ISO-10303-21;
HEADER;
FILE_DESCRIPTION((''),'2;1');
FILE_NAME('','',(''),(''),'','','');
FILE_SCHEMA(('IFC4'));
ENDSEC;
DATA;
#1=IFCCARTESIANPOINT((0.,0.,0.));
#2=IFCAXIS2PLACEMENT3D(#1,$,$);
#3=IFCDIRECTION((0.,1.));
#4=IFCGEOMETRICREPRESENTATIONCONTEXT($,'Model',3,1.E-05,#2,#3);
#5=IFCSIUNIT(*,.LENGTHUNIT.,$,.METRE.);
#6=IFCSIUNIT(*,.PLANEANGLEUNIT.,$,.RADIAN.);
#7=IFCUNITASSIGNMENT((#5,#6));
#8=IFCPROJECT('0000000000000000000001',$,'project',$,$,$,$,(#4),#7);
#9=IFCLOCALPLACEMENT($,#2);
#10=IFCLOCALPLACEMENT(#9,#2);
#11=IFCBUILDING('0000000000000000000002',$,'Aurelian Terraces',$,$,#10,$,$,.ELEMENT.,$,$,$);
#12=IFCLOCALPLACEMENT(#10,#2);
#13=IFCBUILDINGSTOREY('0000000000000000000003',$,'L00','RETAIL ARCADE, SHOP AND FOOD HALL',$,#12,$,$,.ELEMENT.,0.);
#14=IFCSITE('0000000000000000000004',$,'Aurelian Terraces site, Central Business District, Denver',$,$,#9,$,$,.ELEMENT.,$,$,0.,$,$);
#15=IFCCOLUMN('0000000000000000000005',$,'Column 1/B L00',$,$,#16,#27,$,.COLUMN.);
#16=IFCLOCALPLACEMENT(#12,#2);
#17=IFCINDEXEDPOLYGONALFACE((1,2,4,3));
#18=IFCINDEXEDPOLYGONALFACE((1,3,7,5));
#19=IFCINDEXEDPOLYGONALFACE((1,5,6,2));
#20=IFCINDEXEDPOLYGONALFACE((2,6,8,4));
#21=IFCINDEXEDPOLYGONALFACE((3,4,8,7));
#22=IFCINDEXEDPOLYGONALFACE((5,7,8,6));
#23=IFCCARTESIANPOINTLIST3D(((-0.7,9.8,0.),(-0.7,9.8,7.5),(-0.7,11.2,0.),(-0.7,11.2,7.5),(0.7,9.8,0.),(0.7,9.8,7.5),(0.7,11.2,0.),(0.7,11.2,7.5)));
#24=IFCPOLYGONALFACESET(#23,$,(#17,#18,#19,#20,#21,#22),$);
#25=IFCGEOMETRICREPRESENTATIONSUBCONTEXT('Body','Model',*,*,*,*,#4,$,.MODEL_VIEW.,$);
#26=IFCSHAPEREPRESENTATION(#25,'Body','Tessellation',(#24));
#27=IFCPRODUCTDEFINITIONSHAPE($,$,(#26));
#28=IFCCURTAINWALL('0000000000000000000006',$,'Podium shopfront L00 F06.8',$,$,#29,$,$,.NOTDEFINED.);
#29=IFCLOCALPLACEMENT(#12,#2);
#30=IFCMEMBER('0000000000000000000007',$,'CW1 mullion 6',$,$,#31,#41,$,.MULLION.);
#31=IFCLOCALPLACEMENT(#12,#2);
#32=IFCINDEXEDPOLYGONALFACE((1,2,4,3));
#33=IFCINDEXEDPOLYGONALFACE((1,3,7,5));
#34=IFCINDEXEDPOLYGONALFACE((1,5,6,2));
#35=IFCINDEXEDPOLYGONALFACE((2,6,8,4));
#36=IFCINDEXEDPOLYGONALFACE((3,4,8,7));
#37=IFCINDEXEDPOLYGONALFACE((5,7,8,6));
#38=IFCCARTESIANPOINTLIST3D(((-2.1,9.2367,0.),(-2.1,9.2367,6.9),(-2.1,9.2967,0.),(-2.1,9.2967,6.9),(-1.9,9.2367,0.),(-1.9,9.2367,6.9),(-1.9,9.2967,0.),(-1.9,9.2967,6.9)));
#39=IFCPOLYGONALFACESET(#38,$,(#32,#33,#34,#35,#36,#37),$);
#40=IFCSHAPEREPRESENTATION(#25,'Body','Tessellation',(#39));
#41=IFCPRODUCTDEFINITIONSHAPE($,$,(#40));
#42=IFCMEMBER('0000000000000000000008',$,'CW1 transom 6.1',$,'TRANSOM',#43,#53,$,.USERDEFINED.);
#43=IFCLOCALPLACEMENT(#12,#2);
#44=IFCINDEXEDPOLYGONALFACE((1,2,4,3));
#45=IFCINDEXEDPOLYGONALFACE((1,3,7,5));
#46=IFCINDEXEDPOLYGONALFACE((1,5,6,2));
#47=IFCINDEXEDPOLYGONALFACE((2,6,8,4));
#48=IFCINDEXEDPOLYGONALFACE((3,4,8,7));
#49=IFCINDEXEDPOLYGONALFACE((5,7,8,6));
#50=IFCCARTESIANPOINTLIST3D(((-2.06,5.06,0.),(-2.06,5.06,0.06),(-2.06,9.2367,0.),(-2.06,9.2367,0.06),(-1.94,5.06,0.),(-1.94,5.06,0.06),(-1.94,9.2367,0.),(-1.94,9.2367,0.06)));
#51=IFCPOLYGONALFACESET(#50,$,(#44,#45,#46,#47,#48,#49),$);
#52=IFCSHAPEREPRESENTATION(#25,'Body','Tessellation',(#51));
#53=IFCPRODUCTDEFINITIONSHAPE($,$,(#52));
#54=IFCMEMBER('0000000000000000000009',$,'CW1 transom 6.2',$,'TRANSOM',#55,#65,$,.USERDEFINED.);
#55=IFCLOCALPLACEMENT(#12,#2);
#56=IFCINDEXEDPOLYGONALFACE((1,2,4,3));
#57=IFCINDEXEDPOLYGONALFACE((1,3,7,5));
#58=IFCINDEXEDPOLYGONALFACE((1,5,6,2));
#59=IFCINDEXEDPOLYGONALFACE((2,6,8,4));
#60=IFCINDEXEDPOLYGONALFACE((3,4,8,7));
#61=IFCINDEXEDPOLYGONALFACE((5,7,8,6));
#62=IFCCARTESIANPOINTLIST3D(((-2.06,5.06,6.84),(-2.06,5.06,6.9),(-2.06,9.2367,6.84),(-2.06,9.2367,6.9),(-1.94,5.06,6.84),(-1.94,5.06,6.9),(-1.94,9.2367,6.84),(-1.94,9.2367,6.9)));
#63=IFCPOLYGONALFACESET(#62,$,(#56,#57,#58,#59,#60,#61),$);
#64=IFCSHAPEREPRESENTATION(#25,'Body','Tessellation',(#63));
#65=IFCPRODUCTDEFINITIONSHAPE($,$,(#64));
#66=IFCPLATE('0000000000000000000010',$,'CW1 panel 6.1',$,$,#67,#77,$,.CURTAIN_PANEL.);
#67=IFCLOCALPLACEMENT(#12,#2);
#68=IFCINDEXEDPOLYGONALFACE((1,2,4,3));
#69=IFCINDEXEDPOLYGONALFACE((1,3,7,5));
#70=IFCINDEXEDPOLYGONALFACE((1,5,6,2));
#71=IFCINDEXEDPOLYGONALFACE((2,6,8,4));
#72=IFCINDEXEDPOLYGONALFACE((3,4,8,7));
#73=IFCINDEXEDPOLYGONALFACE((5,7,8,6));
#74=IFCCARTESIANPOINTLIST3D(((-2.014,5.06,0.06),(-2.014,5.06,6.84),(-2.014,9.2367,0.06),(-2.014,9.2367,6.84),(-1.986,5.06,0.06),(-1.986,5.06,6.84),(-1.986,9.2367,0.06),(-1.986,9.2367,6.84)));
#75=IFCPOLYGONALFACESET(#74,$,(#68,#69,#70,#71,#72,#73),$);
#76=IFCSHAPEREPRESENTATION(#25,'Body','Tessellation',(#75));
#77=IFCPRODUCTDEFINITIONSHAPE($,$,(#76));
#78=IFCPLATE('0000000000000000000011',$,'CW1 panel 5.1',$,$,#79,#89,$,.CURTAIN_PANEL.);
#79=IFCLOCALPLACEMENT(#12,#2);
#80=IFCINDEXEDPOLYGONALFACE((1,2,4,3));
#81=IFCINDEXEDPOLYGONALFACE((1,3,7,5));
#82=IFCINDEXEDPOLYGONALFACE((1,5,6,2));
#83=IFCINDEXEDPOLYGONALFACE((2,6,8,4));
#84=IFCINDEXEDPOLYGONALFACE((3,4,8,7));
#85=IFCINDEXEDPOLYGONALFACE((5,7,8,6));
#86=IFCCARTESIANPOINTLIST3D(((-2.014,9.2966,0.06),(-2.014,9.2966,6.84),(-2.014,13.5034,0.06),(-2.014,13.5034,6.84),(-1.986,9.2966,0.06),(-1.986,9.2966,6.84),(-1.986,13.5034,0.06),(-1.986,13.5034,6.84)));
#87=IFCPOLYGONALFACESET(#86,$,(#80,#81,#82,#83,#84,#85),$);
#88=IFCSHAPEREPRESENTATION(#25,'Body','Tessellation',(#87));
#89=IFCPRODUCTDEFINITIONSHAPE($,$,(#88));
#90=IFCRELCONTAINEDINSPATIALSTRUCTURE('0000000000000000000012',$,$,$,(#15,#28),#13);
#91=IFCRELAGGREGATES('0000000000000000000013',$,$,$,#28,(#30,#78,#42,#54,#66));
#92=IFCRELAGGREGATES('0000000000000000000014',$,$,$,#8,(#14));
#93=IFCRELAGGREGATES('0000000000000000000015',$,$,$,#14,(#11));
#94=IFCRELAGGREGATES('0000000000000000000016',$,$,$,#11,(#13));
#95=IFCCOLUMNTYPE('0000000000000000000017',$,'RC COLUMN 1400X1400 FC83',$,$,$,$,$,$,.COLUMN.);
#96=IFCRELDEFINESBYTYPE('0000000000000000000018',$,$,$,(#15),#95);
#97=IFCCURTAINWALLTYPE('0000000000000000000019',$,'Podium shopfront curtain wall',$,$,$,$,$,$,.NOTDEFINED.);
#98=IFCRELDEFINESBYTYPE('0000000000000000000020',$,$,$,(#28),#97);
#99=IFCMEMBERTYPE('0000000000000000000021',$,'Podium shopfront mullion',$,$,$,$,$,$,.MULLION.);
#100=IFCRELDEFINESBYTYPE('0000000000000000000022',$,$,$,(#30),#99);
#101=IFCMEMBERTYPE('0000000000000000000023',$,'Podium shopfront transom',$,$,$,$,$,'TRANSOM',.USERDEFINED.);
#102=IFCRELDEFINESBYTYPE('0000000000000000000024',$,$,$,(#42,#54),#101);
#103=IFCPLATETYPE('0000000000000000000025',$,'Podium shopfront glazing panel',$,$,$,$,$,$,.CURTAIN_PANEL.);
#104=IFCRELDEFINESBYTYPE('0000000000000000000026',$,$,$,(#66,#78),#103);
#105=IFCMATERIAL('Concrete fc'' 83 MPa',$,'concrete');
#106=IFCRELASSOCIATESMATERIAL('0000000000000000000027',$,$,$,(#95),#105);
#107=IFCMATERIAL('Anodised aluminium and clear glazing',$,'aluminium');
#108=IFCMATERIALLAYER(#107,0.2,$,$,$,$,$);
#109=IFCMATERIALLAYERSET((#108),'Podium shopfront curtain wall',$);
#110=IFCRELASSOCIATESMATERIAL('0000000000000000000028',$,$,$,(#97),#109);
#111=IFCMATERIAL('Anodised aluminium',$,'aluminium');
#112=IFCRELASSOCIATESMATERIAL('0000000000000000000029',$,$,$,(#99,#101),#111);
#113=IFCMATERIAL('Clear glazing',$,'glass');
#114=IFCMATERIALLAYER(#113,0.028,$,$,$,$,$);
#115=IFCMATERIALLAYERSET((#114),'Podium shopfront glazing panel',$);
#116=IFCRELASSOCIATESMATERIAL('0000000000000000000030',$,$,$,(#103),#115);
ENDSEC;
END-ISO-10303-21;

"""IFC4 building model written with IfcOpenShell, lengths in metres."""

from ifc_helpers import new_model, si_unit, direction, frame, origin, origin_2d, place, context, subcontext, project, spatial, rectangle, extrude, source, transform, mapped, material, layer, layer_set, material_profile, profile_set, type_object, element, aggregate, save


model = new_model("IFC4")

# Units and contexts
model_context = context("Model", 3, precision=1e-05, world=origin(), true_north=direction((0.0, 1.0)))
body_context = subcontext(model_context, "Body", "Model", "MODEL_VIEW")
ifc_project = project(units=[si_unit("LENGTHUNIT", "METRE"), si_unit("PLANEANGLEUNIT", "RADIAN")], contexts=[model_context])

# Site, building, storey
site_placement = place(None, origin())
site = spatial("IfcSite", under=ifc_project, at=site_placement, Name="Aurelian Terraces site, Central Business District, Denver", CompositionType="ELEMENT", RefElevation=0.0)
building_placement = place(site_placement, origin())
building = spatial("IfcBuilding", under=site, at=building_placement, Name="Aurelian Terraces", CompositionType="ELEMENT")
storey_placement = place(building_placement, origin())
storey = spatial("IfcBuildingStorey", under=building, at=storey_placement, Name="L00", Description="RETAIL ARCADE, SHOP AND FOOD HALL", CompositionType="ELEMENT", Elevation=0.0)

# Column
ifc_material_1 = material(Name="Concrete fc' 83 MPa", Category="concrete")
ifc_material_profile_1 = material_profile(ifc_material_1, rectangle(XDim=1.4, YDim=1.4, at=origin_2d()))
ifc_profile_set_1 = profile_set([ifc_material_profile_1], Name="Concrete fc' 83 MPa")
column_type = type_object("IfcColumnType", Name="RC COLUMN 1400X1400 FC83", PredefinedType="COLUMN", material=ifc_profile_set_1)
shared_shape_1 = source(origin(), body_context, "Body", "SweptSolid", [
    extrude(rectangle(XDim=1.4, YDim=1.4, at=origin_2d()), origin(), (0.0, 0.0, 1.0), 7.5),
])
column_placement = place(storey_placement, frame((0.0, 10.5, 0.0), z_axis=(0.0, 0.0, 1.0), x_axis=(1.0, 0.0, 0.0)))
element("IfcColumn", 1, at=column_placement, inside=storey, type_object=column_type, Name="Column 1/B L00", PredefinedType="COLUMN", context=body_context, shape_type="MappedRepresentation", body=[
    mapped(shared_shape_1, transform((0.0, 0.0, 0.0), scale=1.0)),
])

# Curtain wall, members, plates
ifc_material_2 = material(Name="Anodised aluminium and clear glazing", Category="aluminium")
ifc_layer_1 = layer(ifc_material_2, 0.2)
ifc_layer_set_1 = layer_set([ifc_layer_1], Name="Podium shopfront curtain wall")
curtain_wall_type = type_object("IfcCurtainWallType", Name="Podium shopfront curtain wall", PredefinedType="NOTDEFINED", material=ifc_layer_set_1)
curtain_wall_placement = place(storey_placement, origin())
curtain_wall = element("IfcCurtainWall", 2, at=curtain_wall_placement, inside=storey, type_object=curtain_wall_type, Name="Podium shopfront L00 F06.8", PredefinedType="NOTDEFINED")
ifc_material_3 = material(Name="Anodised aluminium", Category="aluminium")
ifc_material_profile_2 = material_profile(ifc_material_3, rectangle(XDim=0.2, YDim=0.06, at=origin_2d()))
ifc_profile_set_2 = profile_set([ifc_material_profile_2], Name="Anodised aluminium")
member_type_1 = type_object("IfcMemberType", Name="Podium shopfront mullion", PredefinedType="MULLION", material=ifc_profile_set_2)
shared_shape_2 = source(origin(), body_context, "Body", "SweptSolid", [
    extrude(rectangle(XDim=0.2, YDim=0.06, at=origin_2d()), origin(), (0.0, 0.0, 1.0), 6.9),
])
member_1_placement = place(storey_placement, frame((-2.0, 9.2667, 0.0), z_axis=(0.0, 0.0, 1.0), x_axis=(1.0, 0.0, 0.0)))
member_1 = element("IfcMember", 3, at=member_1_placement, type_object=member_type_1, Name="CW1 mullion 6", PredefinedType="MULLION", context=body_context, shape_type="MappedRepresentation", body=[
    mapped(shared_shape_2, transform((0.0, 0.0, 0.0), scale=1.0)),
])
ifc_material_profile_3 = material_profile(ifc_material_3, rectangle(XDim=0.12, YDim=0.06, at=origin_2d()))
ifc_profile_set_3 = profile_set([ifc_material_profile_3], Name="Anodised aluminium")
member_type_2 = type_object("IfcMemberType", Name="Podium shopfront transom", ElementType="TRANSOM", PredefinedType="USERDEFINED", material=ifc_profile_set_3)
shared_shape_3 = source(origin(), body_context, "Body", "SweptSolid", [
    extrude(rectangle(XDim=0.12, YDim=0.06, at=origin_2d()), origin(), (0.0, 0.0, 1.0), 4.1767),
])
member_2_placement = place(storey_placement, frame((-2.0, 9.2367, 0.03), z_axis=(0.0, -1.0, 0.0), x_axis=(1.0, 0.0, 0.0)))
member_2 = element("IfcMember", 4, at=member_2_placement, type_object=member_type_2, Name="CW1 transom 6.1", ObjectType="TRANSOM", PredefinedType="USERDEFINED", context=body_context, shape_type="MappedRepresentation", body=[
    mapped(shared_shape_3, transform((0.0, 0.0, 0.0), scale=1.0)),
])
member_3_placement = place(storey_placement, frame((-2.0, 9.2367, 6.87), z_axis=(0.0, -1.0, 0.0), x_axis=(1.0, 0.0, 0.0)))
member_3 = element("IfcMember", 5, at=member_3_placement, type_object=member_type_2, Name="CW1 transom 6.2", ObjectType="TRANSOM", PredefinedType="USERDEFINED", context=body_context, shape_type="MappedRepresentation", body=[
    mapped(shared_shape_3, transform((0.0, 0.0, 0.0), scale=1.0)),
])
ifc_material_4 = material(Name="Clear glazing", Category="glass")
ifc_layer_2 = layer(ifc_material_4, 0.028)
ifc_layer_set_2 = layer_set([ifc_layer_2], Name="Podium shopfront glazing panel")
plate_type = type_object("IfcPlateType", Name="Podium shopfront glazing panel", PredefinedType="CURTAIN_PANEL", material=ifc_layer_set_2)
shared_shape_4 = source(origin(), body_context, "Body", "SweptSolid", [
    extrude(rectangle(XDim=4.1767, YDim=0.028, at=origin_2d()), origin(), (0.0, 0.0, 1.0), 6.78),
])
plate_1_placement = place(storey_placement, frame((-2.0, 7.1483, 0.06), z_axis=(0.0, 0.0, 1.0), x_axis=(0.0, -1.0, 0.0)))
plate_1 = element("IfcPlate", 6, at=plate_1_placement, type_object=plate_type, Name="CW1 panel 6.1", PredefinedType="CURTAIN_PANEL", context=body_context, shape_type="MappedRepresentation", body=[
    mapped(shared_shape_4, transform((0.0, 0.0, 0.0), scale=1.0)),
])
shared_shape_5 = source(origin(), body_context, "Body", "SweptSolid", [
    extrude(rectangle(XDim=4.2067, YDim=0.028, at=origin_2d()), origin(), (0.0, 0.0, 1.0), 6.78),
])
plate_2_placement = place(storey_placement, frame((-2.0, 11.4, 0.06), z_axis=(0.0, 0.0, 1.0), x_axis=(0.0, -1.0, 0.0)))
plate_2 = element("IfcPlate", 7, at=plate_2_placement, type_object=plate_type, Name="CW1 panel 5.1", PredefinedType="CURTAIN_PANEL", context=body_context, shape_type="MappedRepresentation", body=[
    mapped(shared_shape_5, transform((0.0, 0.0, 0.0), scale=1.0)),
])
aggregate(curtain_wall, [member_1, plate_2, member_2, member_3, plate_1])

save(model, "model.ifc")
